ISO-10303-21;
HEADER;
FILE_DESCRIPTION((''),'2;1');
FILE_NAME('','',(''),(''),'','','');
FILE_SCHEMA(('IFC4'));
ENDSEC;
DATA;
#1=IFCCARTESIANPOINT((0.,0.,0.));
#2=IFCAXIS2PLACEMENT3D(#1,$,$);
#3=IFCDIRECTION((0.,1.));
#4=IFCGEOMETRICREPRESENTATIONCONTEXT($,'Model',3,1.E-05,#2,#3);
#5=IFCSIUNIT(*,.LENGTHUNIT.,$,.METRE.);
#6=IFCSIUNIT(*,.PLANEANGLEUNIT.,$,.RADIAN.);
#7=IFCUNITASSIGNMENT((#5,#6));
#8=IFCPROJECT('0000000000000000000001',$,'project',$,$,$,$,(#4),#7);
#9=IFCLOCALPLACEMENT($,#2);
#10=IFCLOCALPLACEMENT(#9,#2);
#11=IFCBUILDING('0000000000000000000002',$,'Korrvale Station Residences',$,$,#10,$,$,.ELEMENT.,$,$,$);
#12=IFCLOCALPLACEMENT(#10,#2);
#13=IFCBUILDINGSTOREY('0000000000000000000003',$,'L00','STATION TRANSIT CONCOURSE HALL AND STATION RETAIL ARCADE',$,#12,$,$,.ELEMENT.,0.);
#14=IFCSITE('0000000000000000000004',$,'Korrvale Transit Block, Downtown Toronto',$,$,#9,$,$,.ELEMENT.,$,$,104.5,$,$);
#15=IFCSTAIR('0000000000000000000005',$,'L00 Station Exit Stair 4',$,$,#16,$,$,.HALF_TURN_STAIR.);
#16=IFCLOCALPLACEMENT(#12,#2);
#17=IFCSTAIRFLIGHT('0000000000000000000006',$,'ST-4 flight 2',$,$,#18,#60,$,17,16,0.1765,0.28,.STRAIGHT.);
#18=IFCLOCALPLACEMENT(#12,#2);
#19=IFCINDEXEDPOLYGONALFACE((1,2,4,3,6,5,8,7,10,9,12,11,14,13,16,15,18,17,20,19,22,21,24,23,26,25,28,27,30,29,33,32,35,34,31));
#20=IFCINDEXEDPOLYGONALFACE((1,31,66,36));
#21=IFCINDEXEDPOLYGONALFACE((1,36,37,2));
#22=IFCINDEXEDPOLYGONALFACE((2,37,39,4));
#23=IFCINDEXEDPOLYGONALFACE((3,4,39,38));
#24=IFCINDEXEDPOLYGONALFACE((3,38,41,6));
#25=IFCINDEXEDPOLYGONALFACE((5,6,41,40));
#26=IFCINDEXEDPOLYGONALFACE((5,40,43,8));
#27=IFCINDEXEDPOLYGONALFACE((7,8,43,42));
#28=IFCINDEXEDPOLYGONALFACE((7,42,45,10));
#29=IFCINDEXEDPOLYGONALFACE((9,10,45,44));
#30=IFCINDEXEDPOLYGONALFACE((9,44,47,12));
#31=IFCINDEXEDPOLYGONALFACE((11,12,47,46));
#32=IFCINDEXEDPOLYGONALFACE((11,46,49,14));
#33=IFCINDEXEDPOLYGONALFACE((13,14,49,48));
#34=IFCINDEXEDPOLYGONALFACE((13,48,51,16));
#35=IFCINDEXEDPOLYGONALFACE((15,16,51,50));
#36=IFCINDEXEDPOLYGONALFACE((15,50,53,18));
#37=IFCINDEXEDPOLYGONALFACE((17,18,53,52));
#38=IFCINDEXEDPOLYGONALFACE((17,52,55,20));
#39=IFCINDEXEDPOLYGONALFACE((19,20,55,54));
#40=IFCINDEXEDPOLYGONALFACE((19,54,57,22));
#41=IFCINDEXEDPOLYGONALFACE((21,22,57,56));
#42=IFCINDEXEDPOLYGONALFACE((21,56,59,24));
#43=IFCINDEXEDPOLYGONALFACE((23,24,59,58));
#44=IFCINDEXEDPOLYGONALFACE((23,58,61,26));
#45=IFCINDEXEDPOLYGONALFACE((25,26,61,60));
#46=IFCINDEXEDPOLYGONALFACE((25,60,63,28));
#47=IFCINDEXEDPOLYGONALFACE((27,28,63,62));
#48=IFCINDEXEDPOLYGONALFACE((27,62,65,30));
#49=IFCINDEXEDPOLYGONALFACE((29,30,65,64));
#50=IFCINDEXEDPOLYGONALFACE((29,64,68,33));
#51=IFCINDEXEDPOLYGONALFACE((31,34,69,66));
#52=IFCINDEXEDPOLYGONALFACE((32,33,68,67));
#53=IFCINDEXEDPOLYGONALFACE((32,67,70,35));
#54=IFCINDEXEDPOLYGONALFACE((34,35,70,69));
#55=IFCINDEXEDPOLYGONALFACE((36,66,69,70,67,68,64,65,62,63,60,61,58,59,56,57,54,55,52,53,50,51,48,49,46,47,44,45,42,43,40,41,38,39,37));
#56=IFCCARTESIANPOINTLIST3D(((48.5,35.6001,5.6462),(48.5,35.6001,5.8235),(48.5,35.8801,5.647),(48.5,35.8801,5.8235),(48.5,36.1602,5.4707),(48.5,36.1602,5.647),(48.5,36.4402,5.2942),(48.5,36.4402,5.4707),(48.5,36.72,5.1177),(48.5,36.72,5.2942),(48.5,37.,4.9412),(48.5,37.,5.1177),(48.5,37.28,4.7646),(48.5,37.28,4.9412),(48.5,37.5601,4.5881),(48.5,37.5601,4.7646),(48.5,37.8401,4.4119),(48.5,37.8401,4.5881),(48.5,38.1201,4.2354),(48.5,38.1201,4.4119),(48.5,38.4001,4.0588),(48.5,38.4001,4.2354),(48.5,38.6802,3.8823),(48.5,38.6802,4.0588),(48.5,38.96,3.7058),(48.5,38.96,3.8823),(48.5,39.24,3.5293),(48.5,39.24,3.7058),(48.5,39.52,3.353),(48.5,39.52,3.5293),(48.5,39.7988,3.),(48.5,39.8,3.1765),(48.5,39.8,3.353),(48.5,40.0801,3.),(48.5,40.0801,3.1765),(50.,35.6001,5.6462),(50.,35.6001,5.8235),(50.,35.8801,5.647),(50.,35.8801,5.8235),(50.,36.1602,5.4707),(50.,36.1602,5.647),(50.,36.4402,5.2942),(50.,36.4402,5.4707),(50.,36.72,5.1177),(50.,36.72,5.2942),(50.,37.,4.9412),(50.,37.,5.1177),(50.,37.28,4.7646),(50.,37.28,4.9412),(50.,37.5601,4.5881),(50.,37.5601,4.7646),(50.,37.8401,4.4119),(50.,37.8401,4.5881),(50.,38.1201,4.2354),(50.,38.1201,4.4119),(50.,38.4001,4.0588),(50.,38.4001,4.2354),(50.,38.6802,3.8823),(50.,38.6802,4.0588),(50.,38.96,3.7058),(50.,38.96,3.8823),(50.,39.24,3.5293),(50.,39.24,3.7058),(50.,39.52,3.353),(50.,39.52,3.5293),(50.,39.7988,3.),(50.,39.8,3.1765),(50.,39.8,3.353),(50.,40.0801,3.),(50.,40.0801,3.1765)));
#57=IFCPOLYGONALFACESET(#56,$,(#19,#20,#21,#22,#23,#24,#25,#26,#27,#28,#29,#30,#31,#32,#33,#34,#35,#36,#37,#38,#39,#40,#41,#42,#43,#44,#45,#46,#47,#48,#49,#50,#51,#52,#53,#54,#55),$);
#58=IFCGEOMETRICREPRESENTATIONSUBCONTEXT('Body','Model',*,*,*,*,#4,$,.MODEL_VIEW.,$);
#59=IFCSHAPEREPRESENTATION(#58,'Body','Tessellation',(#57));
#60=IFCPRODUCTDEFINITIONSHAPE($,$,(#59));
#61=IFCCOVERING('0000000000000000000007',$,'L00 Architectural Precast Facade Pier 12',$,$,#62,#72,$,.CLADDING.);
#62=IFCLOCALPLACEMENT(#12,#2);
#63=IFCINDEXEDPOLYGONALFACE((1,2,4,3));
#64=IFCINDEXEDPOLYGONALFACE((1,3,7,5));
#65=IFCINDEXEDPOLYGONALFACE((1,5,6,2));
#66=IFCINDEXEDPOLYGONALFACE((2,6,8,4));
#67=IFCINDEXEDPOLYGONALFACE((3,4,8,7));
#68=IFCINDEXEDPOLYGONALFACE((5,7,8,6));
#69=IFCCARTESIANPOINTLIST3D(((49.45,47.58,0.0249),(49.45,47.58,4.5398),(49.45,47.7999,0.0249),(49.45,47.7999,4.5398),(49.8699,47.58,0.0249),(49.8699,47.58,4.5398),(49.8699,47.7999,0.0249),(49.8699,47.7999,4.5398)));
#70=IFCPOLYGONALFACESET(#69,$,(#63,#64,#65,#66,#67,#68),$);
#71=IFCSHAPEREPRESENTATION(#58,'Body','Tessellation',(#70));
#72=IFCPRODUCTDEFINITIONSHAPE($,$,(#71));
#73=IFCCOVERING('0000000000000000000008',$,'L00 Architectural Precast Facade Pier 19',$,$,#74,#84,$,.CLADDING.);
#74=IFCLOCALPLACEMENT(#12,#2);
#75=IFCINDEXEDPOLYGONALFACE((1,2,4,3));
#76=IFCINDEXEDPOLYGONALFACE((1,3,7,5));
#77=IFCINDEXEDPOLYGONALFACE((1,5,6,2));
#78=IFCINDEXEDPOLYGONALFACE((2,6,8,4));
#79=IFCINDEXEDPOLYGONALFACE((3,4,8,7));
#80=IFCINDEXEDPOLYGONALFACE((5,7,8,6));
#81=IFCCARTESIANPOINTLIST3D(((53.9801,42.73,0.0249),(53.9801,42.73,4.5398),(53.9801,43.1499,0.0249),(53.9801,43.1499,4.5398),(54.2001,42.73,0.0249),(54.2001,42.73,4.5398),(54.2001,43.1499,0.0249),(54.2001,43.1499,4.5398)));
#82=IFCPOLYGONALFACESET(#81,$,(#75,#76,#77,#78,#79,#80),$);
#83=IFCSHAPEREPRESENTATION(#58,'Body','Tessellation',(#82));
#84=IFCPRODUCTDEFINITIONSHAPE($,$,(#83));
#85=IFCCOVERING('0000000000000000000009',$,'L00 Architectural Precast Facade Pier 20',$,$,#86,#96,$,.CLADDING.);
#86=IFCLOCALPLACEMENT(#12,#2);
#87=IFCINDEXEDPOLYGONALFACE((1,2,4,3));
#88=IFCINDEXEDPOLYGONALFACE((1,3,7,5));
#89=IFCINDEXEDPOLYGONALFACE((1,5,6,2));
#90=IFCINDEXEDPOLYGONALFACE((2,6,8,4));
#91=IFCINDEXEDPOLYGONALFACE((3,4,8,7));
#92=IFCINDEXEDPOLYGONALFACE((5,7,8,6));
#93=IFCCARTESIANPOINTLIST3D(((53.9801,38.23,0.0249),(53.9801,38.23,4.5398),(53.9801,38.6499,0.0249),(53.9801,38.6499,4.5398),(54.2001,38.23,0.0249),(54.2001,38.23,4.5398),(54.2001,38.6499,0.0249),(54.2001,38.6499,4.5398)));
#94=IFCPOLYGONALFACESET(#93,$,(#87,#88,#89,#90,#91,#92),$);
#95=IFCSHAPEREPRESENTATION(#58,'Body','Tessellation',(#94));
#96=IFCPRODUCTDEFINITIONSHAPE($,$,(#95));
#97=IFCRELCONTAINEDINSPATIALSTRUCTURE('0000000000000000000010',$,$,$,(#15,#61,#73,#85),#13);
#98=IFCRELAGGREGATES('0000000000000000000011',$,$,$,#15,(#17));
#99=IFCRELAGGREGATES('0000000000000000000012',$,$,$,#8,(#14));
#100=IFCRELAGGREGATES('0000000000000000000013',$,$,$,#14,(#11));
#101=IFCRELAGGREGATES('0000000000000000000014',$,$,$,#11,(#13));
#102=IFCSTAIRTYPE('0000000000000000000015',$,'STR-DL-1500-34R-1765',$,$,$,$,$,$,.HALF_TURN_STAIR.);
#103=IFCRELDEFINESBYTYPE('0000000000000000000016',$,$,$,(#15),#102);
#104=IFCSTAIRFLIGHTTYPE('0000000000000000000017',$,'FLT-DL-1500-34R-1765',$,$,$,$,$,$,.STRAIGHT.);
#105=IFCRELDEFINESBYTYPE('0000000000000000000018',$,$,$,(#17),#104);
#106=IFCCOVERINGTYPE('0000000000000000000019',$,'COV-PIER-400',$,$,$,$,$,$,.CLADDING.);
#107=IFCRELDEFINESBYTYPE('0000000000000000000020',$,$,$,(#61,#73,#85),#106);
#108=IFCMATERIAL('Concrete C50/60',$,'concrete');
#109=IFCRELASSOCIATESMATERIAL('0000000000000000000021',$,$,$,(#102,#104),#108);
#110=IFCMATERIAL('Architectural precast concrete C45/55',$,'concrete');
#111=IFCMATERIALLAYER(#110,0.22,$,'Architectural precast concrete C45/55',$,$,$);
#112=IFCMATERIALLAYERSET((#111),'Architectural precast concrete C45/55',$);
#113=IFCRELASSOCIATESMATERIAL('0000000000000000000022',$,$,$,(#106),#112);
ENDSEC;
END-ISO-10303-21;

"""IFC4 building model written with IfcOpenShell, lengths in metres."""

from ifc_helpers import new_model, si_unit, direction, frame, origin, origin_2d, place, context, subcontext, project, spatial, polyline, rectangle, outline, extrude, material, layer, layer_set, type_object, element, aggregate, save


model = new_model("IFC4")

# Units and contexts
model_context = context("Model", 3, precision=1e-05, world=origin(), true_north=direction((0.0, 1.0)))
body_context = subcontext(model_context, "Body", "Model", "MODEL_VIEW")
ifc_project = project(units=[si_unit("LENGTHUNIT", "METRE"), si_unit("PLANEANGLEUNIT", "RADIAN")], contexts=[model_context])

# Site, building, storey
site_placement = place(None, origin())
site = spatial("IfcSite", under=ifc_project, at=site_placement, Name="Korrvale Transit Block, Downtown Toronto", CompositionType="ELEMENT", RefElevation=104.5)
building_placement = place(site_placement, origin())
building = spatial("IfcBuilding", under=site, at=building_placement, Name="Korrvale Station Residences", CompositionType="ELEMENT")
storey_placement = place(building_placement, origin())
storey = spatial("IfcBuildingStorey", under=building, at=storey_placement, Name="L00", Description="STATION TRANSIT CONCOURSE HALL AND STATION RETAIL ARCADE", CompositionType="ELEMENT", Elevation=0.0)

# Shared definitions
ifc_material_1 = material(Name="Concrete C50/60", Category="concrete")

# Stair, stair flight
stair_type = type_object("IfcStairType", Name="STR-DL-1500-34R-1765", PredefinedType="HALF_TURN_STAIR", material=ifc_material_1)
stair_placement = place(storey_placement, origin())
stair = element("IfcStair", 1, at=stair_placement, inside=storey, type_object=stair_type, Name="L00 Station Exit Stair 4", PredefinedType="HALF_TURN_STAIR")
stair_flight_type = type_object("IfcStairFlightType", Name="FLT-DL-1500-34R-1765", PredefinedType="STRAIGHT", material=ifc_material_1)
stair_flight_placement = place(storey_placement, frame((49.25, 40.0801, 3.0), z_axis=(0.0, 0.0, 1.0), x_axis=(0.0, -1.0, 0.0)))
stair_flight = element("IfcStairFlight", 2, at=stair_flight_placement, type_object=stair_flight_type, Name="ST-4 flight 2", NumberOfRisers=17, NumberOfTreads=16, PredefinedType="STRAIGHT", RiserHeight=0.1765, TreadLength=0.28, context=body_context, shape_type="SweptSolid", body=[
    extrude(outline(polyline([(0.0, 0.0), (0.0, 0.1765), (0.28, 0.1765), (0.28, 0.353), (0.5601, 0.353), (0.5601, 0.5293), (0.8401, 0.5293), (0.8401, 0.7058), (1.1201, 0.7058), (1.1201, 0.8823), (1.3999, 0.8823), (1.3999, 1.0588), (1.6799, 1.0588), (1.6799, 1.2354), (1.96, 1.2354), (1.96, 1.4119), (2.24, 1.4119), (2.24, 1.5881), (2.52, 1.5881), (2.52, 1.7646), (2.8, 1.7646), (2.8, 1.9412), (3.0801, 1.9412), (3.0801, 2.1177), (3.3601, 2.1177), (3.3601, 2.2942), (3.6399, 2.2942), (3.6399, 2.4707), (3.9199, 2.4707), (3.9199, 2.647), (4.2, 2.647), (4.2, 2.8235), (4.48, 2.8235), (4.48, 3.0), (4.48, 2.6462), (0.2812, 0.0), (0.0, 0.0)])), frame((0.0, 0.75, 0.0), z_axis=(0.0, -1.0, 0.0), x_axis=(1.0, 0.0, 0.0)), (0.0, 0.0, 1.0), 1.5),
])
aggregate(stair, [stair_flight])

# Coverings
ifc_material_2 = material(Name="Architectural precast concrete C45/55", Category="concrete")
ifc_layer_1 = layer(ifc_material_2, 0.22, Name="Architectural precast concrete C45/55")
ifc_layer_set_1 = layer_set([ifc_layer_1], Name="Architectural precast concrete C45/55")
covering_type = type_object("IfcCoveringType", Name="COV-PIER-400", PredefinedType="CLADDING", material=ifc_layer_set_1)
for number, where, z_axis, x_axis, name in (
    (3, (49.6599, 47.6899, 0.0249), (0.0, 0.0, 1.0), (1.0, 0.0, 0.0), "L00 Architectural Precast Facade Pier 12"),
    (4, (54.0901, 42.9399, 0.0249), (0.0, 0.0, 1.0), (0.0, 1.0, 0.0), "L00 Architectural Precast Facade Pier 19"),
    (5, (54.0901, 38.4399, 0.0249), (0.0, 0.0, 1.0), (0.0, 1.0, 0.0), "L00 Architectural Precast Facade Pier 20"),
):
    element("IfcCovering", number, at=place(storey_placement, frame(where, z_axis=z_axis, x_axis=x_axis)), inside=storey, type_object=covering_type, Name=name, PredefinedType="CLADDING", context=body_context, shape_type="SweptSolid", body=[
        extrude(rectangle(XDim=0.4199, YDim=0.22, at=origin_2d()), origin(), (0.0, 0.0, 1.0), 4.5149),
    ])

save(model, "model.ifc")
